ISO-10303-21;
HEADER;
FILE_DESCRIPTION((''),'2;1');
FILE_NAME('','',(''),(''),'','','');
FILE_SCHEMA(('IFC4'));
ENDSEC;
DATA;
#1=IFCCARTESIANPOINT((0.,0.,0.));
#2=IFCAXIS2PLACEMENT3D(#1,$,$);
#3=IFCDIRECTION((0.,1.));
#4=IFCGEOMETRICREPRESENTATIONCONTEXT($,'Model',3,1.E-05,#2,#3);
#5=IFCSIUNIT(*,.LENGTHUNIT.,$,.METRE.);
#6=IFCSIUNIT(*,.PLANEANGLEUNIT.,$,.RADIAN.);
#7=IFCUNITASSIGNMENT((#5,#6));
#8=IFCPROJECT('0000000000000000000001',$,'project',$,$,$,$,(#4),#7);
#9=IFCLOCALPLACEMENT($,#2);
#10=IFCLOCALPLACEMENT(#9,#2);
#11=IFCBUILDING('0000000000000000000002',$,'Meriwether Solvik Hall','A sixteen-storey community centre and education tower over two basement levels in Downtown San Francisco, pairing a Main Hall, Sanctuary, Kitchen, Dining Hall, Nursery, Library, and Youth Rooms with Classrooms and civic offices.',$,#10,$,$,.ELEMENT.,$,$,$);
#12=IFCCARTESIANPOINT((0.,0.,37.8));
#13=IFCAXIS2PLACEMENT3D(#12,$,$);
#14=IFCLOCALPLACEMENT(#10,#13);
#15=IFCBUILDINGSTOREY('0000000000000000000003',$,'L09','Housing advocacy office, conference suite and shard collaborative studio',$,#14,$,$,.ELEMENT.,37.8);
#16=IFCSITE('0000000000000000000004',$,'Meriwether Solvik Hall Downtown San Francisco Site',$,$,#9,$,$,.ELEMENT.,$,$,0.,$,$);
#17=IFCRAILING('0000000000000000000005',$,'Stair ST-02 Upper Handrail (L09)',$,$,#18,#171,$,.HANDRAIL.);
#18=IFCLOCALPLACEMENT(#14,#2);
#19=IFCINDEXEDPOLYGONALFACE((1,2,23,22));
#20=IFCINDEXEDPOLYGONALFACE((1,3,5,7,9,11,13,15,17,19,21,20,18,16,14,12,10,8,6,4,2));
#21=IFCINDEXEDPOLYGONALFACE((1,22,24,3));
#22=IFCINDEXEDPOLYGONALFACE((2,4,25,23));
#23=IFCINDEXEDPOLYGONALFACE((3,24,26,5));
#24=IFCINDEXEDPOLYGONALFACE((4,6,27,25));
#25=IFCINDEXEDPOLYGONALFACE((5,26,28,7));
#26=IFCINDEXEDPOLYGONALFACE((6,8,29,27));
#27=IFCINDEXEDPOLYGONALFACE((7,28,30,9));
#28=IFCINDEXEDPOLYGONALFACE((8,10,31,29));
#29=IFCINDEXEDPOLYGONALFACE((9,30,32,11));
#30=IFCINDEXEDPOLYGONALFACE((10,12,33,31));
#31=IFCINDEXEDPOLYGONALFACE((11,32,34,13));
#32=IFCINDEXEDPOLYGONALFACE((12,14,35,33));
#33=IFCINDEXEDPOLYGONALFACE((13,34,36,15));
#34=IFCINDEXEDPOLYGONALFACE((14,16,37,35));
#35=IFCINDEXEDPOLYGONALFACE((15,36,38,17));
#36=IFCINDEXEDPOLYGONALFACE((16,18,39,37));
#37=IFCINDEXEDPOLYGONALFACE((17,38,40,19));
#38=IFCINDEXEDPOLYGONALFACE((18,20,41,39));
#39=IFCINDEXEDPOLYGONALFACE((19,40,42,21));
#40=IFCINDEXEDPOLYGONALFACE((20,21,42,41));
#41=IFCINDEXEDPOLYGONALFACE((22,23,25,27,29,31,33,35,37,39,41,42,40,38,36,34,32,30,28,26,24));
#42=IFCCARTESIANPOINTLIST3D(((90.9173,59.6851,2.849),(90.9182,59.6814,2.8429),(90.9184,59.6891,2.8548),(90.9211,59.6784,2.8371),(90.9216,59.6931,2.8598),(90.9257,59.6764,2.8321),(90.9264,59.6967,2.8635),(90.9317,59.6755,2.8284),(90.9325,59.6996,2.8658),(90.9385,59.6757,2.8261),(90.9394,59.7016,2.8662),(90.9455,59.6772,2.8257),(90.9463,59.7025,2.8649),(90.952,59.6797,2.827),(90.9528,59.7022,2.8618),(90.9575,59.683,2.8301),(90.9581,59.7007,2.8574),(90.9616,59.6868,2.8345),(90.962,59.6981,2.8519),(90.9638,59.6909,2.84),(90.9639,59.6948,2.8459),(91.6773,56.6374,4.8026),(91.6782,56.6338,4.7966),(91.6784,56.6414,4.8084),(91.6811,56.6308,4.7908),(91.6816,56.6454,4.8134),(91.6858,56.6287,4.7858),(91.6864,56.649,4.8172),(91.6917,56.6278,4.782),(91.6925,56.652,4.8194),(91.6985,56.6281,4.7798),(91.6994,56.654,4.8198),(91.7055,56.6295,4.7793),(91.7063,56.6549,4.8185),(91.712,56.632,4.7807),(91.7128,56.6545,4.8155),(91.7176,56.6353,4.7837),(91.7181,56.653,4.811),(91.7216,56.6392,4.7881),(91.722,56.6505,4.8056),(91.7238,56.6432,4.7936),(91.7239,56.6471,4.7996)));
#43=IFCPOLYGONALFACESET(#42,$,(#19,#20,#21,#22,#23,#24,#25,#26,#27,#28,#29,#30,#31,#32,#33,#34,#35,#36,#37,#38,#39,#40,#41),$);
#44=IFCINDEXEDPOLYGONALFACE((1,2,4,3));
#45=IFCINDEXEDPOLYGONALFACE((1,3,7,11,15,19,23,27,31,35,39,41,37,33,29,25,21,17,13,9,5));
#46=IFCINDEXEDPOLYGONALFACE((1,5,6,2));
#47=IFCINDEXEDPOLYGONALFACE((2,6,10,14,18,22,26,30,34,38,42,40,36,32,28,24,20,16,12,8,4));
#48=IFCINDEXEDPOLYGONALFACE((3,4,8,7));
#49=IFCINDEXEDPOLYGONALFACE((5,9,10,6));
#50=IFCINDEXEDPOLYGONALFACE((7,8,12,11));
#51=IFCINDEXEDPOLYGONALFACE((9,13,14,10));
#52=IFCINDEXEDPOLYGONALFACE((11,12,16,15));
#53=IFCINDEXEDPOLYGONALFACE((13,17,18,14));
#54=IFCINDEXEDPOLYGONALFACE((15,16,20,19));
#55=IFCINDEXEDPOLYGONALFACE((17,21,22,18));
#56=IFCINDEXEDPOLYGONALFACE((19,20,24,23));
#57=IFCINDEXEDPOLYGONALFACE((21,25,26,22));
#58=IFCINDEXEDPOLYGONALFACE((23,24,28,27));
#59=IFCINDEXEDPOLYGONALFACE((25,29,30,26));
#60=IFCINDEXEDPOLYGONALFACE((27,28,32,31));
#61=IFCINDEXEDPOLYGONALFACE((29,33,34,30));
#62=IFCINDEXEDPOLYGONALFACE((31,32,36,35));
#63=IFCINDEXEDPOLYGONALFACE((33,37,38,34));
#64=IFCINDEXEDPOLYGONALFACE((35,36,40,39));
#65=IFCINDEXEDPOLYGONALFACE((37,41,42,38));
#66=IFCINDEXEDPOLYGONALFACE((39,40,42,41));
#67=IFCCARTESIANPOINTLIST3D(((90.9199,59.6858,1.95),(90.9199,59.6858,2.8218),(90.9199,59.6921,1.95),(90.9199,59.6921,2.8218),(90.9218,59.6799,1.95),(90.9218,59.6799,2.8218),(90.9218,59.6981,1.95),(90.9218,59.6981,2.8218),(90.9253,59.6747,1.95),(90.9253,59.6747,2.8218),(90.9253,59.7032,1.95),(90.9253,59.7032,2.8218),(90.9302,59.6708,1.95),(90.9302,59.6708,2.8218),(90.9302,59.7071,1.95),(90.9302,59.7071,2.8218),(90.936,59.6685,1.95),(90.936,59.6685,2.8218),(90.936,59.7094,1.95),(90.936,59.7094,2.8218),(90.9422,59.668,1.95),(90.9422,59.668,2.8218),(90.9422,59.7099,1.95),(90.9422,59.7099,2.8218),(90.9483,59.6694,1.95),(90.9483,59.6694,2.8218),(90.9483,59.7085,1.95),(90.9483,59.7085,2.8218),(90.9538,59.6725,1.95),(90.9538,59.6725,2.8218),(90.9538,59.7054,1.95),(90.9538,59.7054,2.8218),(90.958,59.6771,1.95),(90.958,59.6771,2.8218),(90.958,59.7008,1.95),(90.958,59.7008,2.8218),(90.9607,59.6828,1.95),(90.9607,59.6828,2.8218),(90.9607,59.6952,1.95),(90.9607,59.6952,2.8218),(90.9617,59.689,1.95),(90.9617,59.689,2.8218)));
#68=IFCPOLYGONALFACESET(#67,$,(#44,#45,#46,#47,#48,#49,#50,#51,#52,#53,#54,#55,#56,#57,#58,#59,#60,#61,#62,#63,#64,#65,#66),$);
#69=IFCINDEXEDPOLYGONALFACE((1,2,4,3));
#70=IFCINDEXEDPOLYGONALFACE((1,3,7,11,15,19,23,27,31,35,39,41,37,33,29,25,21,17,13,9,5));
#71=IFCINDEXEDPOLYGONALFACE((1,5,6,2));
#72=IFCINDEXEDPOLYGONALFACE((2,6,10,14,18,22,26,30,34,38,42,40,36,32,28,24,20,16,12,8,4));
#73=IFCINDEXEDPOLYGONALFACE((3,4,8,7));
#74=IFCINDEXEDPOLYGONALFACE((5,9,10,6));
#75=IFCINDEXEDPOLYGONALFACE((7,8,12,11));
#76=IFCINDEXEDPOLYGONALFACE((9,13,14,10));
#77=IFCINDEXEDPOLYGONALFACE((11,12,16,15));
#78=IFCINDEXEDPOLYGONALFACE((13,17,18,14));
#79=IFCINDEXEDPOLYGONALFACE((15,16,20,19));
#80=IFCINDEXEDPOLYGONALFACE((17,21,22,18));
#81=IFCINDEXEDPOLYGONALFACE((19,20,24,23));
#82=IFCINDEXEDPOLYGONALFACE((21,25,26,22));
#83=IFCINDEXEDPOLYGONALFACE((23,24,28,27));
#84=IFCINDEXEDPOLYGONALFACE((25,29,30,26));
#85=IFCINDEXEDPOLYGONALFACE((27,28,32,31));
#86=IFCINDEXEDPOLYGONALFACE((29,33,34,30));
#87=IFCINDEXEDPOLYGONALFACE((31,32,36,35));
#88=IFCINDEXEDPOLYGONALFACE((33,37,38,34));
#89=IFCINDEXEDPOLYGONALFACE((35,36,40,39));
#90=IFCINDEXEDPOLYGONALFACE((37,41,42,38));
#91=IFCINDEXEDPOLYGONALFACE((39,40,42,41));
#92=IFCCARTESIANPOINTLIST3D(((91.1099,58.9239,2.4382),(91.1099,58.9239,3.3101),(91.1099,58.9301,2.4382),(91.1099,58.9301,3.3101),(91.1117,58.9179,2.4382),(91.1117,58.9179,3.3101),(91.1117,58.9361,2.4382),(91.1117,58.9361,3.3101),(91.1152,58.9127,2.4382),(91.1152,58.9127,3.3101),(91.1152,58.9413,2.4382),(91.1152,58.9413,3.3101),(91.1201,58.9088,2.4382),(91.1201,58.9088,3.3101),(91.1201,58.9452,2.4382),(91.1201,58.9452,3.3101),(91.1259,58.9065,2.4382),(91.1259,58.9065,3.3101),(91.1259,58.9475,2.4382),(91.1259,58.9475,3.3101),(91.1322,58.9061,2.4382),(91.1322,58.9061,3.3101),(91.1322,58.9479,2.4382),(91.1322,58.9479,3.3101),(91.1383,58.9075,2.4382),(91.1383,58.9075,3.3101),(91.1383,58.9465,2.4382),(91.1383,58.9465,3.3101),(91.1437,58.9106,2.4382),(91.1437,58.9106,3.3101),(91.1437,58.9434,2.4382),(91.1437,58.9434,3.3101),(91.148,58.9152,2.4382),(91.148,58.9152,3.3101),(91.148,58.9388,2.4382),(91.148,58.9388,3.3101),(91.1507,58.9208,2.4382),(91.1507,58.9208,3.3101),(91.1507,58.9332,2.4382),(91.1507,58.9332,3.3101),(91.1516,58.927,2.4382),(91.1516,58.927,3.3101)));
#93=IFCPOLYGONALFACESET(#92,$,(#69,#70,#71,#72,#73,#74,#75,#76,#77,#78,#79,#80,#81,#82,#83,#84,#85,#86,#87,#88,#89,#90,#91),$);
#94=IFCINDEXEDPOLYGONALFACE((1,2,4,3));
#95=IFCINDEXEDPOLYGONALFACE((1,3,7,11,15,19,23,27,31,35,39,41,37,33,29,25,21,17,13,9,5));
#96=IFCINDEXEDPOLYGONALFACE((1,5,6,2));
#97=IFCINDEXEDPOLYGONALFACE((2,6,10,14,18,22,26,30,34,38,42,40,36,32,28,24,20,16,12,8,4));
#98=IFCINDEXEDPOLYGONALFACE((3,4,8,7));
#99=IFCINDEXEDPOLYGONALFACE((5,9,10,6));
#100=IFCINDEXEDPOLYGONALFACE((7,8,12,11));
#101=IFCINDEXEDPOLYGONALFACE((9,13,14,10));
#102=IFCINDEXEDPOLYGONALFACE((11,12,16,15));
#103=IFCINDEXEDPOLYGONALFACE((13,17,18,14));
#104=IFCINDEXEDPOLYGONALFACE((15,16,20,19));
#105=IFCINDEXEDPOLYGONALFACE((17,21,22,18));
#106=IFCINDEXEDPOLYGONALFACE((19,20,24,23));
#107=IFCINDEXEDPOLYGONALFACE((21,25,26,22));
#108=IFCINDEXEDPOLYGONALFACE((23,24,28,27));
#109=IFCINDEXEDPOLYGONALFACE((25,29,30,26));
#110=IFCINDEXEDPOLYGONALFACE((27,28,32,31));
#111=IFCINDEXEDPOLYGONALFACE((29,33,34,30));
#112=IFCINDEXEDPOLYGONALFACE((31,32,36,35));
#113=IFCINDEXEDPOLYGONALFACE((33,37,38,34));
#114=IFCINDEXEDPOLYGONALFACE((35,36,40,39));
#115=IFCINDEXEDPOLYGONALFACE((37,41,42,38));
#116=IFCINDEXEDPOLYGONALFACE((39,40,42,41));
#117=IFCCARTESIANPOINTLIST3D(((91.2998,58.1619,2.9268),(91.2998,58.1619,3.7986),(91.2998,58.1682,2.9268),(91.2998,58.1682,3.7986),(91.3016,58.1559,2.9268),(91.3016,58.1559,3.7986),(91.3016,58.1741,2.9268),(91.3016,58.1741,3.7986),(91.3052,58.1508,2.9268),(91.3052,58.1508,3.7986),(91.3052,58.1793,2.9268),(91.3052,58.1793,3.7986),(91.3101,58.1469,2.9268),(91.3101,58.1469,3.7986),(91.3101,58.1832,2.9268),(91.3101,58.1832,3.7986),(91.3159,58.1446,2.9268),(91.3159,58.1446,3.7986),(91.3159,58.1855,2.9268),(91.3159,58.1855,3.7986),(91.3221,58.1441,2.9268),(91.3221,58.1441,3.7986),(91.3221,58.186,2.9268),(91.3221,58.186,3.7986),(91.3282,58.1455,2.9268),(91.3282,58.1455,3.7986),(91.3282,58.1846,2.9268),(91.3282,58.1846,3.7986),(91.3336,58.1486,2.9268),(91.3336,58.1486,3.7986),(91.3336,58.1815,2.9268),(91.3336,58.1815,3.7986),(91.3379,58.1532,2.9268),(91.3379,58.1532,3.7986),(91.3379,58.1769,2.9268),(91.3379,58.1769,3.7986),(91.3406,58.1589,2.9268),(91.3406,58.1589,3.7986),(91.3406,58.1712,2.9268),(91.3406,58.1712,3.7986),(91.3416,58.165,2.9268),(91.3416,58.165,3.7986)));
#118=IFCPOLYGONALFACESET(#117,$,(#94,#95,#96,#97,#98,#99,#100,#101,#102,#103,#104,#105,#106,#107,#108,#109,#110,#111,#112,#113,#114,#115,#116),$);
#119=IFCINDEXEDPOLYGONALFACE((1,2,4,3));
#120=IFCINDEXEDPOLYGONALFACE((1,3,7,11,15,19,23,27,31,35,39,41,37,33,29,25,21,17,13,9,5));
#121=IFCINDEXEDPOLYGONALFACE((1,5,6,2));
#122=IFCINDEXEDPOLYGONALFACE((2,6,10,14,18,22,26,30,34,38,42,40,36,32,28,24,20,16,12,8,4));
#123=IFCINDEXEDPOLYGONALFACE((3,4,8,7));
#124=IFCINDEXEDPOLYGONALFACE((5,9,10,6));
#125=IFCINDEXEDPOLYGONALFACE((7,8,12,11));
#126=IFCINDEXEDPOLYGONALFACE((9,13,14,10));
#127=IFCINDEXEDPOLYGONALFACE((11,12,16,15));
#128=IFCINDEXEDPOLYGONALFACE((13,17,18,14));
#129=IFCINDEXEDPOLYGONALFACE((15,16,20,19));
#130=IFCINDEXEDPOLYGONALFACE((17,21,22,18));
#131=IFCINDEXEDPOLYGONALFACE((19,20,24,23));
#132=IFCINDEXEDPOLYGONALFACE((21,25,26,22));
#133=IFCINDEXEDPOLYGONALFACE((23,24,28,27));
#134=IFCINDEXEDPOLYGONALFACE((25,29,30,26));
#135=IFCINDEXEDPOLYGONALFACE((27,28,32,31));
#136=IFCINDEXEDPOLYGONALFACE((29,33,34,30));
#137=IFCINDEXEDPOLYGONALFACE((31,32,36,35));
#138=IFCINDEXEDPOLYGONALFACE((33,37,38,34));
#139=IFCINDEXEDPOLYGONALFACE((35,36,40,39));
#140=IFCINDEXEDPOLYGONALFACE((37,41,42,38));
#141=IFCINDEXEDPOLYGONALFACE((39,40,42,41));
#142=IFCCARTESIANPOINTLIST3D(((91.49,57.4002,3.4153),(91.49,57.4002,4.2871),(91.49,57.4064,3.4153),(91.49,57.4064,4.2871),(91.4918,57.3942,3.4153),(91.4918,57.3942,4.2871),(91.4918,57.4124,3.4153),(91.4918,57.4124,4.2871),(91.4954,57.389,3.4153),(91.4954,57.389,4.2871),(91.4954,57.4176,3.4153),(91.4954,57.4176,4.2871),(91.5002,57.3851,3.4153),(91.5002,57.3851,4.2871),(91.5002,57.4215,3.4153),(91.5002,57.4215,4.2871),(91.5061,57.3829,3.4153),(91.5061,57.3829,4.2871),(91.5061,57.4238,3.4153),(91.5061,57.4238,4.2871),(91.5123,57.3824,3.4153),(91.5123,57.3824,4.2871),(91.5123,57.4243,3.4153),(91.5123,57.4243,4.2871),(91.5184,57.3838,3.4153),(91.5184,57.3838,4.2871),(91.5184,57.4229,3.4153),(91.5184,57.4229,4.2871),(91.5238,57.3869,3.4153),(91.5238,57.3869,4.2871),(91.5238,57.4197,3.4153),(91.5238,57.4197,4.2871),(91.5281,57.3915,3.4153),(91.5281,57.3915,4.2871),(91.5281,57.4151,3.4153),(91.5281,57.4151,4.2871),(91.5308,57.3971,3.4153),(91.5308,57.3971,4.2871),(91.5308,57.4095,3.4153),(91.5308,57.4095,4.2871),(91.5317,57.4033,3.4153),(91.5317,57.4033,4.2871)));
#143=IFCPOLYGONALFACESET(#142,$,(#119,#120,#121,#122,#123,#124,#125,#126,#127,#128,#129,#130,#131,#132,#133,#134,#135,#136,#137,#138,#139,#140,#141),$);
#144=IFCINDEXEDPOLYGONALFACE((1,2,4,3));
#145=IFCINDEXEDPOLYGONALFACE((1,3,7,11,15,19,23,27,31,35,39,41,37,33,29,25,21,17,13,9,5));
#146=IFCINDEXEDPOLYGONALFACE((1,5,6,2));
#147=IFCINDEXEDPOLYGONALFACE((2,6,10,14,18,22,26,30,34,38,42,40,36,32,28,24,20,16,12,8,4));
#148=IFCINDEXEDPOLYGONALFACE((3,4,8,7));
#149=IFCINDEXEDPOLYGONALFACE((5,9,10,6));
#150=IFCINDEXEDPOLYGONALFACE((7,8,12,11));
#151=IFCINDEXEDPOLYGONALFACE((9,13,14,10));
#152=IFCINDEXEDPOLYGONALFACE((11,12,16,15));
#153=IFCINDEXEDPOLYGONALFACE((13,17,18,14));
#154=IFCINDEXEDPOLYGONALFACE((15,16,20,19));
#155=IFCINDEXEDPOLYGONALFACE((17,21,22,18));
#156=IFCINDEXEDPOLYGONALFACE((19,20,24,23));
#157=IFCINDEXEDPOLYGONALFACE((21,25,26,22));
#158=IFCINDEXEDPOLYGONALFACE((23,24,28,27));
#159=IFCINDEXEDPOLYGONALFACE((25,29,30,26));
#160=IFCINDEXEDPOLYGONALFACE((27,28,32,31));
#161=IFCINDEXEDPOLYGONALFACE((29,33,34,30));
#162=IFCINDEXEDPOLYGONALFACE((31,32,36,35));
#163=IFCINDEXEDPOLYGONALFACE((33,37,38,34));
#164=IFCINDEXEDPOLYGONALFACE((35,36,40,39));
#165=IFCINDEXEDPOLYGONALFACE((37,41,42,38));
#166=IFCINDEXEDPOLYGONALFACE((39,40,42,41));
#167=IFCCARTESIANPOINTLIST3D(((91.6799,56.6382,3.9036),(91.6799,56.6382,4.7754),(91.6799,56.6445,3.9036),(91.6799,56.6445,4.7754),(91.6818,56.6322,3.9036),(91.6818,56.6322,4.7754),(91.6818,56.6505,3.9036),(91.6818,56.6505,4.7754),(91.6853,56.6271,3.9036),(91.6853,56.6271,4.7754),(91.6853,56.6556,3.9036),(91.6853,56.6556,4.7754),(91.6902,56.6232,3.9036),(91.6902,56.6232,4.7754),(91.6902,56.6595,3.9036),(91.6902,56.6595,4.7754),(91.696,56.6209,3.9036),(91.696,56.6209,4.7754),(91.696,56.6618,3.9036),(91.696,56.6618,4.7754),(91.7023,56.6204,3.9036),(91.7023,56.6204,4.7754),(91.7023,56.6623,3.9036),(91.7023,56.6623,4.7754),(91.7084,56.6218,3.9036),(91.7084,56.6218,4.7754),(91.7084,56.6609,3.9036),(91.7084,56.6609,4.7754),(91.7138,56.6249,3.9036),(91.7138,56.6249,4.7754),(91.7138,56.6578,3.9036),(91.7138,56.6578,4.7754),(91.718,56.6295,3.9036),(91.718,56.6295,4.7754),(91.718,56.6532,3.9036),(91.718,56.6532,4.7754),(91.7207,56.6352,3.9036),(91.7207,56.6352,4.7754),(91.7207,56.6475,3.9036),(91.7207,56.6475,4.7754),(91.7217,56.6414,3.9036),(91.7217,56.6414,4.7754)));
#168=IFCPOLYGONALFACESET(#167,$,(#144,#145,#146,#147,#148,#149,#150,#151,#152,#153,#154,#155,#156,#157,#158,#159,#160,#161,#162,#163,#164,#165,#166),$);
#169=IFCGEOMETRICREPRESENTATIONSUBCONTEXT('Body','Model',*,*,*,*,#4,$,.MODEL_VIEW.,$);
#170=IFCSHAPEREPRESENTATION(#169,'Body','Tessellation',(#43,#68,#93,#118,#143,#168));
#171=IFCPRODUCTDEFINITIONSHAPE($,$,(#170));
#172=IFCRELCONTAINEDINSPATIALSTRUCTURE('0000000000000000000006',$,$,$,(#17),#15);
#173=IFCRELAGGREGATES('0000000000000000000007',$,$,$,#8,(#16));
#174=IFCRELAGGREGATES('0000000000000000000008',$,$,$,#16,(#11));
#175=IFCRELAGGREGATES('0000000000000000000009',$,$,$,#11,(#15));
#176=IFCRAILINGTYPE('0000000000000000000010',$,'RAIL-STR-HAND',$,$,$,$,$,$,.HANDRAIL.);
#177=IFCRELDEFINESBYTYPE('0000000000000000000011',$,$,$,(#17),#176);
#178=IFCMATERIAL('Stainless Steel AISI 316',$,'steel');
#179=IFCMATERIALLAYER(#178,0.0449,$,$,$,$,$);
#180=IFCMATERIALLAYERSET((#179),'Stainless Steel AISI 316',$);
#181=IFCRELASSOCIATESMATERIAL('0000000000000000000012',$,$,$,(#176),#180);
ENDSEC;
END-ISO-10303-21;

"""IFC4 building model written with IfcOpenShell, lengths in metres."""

from ifc_helpers import new_model, si_unit, direction, frame, origin, origin_2d, place, context, subcontext, project, spatial, circle, extrude, material, layer, layer_set, type_object, element, save


model = new_model("IFC4")

# Units and contexts
model_context = context("Model", 3, precision=1e-05, world=origin(), true_north=direction((0.0, 1.0)))
body_context = subcontext(model_context, "Body", "Model", "MODEL_VIEW")
ifc_project = project(units=[si_unit("LENGTHUNIT", "METRE"), si_unit("PLANEANGLEUNIT", "RADIAN")], contexts=[model_context])

# Site, building, storey
site_placement = place(None, origin())
site = spatial("IfcSite", under=ifc_project, at=site_placement, Name="Meriwether Solvik Hall Downtown San Francisco Site", CompositionType="ELEMENT", RefElevation=0.0)
building_placement = place(site_placement, origin())
building = spatial("IfcBuilding", under=site, at=building_placement, Name="Meriwether Solvik Hall", Description="A sixteen-storey community centre and education tower over two basement levels in Downtown San Francisco, pairing a Main Hall, Sanctuary, Kitchen, Dining Hall, Nursery, Library, and Youth Rooms with Classrooms and civic offices.", CompositionType="ELEMENT")
storey_placement = place(building_placement, frame((0.0, 0.0, 37.8)))
storey = spatial("IfcBuildingStorey", under=building, at=storey_placement, Name="L09", Description="Housing advocacy office, conference suite and shard collaborative studio", CompositionType="ELEMENT", Elevation=37.8)

# Railing
ifc_material_1 = material(Name="Stainless Steel AISI 316", Category="steel")
ifc_layer_1 = layer(ifc_material_1, 0.0449)
ifc_layer_set_1 = layer_set([ifc_layer_1], Name="Stainless Steel AISI 316")
railing_type_1 = type_object("IfcRailingType", Name="RAIL-STR-HAND", PredefinedType="HANDRAIL", material=ifc_layer_set_1)
railing_1_placement = place(storey_placement, frame((90.9407, 59.689, 1.95)))
element("IfcRailing", 1, at=railing_1_placement, inside=storey, type_object=railing_type_1, Name="Stair ST-02 Upper Handrail (L09)", PredefinedType="HANDRAIL", context=body_context, shape_type="SweptSolid", body=[
    extrude(circle(Radius=0.0239, at=origin_2d()), frame((0.0, 0.0, 0.896), z_axis=(0.205467, -0.823915, 0.528155), x_axis=(0.970284, 0.241969, 0.0)), (0.0, 0.0, 1.0), 3.699),
    extrude(circle(Radius=0.021, at=origin_2d()), origin(), (0.0, 0.0, 1.0), 0.8718),
    extrude(circle(Radius=0.021, at=origin_2d()), frame((0.1899, -0.762, 0.4883)), (0.0, 0.0, 1.0), 0.8718),
    extrude(circle(Radius=0.021, at=origin_2d()), frame((0.3799, -1.5239, 0.9768)), (0.0, 0.0, 1.0), 0.8718),
    extrude(circle(Radius=0.021, at=origin_2d()), frame((0.5701, -2.2856, 1.4653)), (0.0, 0.0, 1.0), 0.8718),
    extrude(circle(Radius=0.021, at=origin_2d()), frame((0.76, -3.0476, 1.9536)), (0.0, 0.0, 1.0), 0.8718),
])

save(model, "model.ifc")
